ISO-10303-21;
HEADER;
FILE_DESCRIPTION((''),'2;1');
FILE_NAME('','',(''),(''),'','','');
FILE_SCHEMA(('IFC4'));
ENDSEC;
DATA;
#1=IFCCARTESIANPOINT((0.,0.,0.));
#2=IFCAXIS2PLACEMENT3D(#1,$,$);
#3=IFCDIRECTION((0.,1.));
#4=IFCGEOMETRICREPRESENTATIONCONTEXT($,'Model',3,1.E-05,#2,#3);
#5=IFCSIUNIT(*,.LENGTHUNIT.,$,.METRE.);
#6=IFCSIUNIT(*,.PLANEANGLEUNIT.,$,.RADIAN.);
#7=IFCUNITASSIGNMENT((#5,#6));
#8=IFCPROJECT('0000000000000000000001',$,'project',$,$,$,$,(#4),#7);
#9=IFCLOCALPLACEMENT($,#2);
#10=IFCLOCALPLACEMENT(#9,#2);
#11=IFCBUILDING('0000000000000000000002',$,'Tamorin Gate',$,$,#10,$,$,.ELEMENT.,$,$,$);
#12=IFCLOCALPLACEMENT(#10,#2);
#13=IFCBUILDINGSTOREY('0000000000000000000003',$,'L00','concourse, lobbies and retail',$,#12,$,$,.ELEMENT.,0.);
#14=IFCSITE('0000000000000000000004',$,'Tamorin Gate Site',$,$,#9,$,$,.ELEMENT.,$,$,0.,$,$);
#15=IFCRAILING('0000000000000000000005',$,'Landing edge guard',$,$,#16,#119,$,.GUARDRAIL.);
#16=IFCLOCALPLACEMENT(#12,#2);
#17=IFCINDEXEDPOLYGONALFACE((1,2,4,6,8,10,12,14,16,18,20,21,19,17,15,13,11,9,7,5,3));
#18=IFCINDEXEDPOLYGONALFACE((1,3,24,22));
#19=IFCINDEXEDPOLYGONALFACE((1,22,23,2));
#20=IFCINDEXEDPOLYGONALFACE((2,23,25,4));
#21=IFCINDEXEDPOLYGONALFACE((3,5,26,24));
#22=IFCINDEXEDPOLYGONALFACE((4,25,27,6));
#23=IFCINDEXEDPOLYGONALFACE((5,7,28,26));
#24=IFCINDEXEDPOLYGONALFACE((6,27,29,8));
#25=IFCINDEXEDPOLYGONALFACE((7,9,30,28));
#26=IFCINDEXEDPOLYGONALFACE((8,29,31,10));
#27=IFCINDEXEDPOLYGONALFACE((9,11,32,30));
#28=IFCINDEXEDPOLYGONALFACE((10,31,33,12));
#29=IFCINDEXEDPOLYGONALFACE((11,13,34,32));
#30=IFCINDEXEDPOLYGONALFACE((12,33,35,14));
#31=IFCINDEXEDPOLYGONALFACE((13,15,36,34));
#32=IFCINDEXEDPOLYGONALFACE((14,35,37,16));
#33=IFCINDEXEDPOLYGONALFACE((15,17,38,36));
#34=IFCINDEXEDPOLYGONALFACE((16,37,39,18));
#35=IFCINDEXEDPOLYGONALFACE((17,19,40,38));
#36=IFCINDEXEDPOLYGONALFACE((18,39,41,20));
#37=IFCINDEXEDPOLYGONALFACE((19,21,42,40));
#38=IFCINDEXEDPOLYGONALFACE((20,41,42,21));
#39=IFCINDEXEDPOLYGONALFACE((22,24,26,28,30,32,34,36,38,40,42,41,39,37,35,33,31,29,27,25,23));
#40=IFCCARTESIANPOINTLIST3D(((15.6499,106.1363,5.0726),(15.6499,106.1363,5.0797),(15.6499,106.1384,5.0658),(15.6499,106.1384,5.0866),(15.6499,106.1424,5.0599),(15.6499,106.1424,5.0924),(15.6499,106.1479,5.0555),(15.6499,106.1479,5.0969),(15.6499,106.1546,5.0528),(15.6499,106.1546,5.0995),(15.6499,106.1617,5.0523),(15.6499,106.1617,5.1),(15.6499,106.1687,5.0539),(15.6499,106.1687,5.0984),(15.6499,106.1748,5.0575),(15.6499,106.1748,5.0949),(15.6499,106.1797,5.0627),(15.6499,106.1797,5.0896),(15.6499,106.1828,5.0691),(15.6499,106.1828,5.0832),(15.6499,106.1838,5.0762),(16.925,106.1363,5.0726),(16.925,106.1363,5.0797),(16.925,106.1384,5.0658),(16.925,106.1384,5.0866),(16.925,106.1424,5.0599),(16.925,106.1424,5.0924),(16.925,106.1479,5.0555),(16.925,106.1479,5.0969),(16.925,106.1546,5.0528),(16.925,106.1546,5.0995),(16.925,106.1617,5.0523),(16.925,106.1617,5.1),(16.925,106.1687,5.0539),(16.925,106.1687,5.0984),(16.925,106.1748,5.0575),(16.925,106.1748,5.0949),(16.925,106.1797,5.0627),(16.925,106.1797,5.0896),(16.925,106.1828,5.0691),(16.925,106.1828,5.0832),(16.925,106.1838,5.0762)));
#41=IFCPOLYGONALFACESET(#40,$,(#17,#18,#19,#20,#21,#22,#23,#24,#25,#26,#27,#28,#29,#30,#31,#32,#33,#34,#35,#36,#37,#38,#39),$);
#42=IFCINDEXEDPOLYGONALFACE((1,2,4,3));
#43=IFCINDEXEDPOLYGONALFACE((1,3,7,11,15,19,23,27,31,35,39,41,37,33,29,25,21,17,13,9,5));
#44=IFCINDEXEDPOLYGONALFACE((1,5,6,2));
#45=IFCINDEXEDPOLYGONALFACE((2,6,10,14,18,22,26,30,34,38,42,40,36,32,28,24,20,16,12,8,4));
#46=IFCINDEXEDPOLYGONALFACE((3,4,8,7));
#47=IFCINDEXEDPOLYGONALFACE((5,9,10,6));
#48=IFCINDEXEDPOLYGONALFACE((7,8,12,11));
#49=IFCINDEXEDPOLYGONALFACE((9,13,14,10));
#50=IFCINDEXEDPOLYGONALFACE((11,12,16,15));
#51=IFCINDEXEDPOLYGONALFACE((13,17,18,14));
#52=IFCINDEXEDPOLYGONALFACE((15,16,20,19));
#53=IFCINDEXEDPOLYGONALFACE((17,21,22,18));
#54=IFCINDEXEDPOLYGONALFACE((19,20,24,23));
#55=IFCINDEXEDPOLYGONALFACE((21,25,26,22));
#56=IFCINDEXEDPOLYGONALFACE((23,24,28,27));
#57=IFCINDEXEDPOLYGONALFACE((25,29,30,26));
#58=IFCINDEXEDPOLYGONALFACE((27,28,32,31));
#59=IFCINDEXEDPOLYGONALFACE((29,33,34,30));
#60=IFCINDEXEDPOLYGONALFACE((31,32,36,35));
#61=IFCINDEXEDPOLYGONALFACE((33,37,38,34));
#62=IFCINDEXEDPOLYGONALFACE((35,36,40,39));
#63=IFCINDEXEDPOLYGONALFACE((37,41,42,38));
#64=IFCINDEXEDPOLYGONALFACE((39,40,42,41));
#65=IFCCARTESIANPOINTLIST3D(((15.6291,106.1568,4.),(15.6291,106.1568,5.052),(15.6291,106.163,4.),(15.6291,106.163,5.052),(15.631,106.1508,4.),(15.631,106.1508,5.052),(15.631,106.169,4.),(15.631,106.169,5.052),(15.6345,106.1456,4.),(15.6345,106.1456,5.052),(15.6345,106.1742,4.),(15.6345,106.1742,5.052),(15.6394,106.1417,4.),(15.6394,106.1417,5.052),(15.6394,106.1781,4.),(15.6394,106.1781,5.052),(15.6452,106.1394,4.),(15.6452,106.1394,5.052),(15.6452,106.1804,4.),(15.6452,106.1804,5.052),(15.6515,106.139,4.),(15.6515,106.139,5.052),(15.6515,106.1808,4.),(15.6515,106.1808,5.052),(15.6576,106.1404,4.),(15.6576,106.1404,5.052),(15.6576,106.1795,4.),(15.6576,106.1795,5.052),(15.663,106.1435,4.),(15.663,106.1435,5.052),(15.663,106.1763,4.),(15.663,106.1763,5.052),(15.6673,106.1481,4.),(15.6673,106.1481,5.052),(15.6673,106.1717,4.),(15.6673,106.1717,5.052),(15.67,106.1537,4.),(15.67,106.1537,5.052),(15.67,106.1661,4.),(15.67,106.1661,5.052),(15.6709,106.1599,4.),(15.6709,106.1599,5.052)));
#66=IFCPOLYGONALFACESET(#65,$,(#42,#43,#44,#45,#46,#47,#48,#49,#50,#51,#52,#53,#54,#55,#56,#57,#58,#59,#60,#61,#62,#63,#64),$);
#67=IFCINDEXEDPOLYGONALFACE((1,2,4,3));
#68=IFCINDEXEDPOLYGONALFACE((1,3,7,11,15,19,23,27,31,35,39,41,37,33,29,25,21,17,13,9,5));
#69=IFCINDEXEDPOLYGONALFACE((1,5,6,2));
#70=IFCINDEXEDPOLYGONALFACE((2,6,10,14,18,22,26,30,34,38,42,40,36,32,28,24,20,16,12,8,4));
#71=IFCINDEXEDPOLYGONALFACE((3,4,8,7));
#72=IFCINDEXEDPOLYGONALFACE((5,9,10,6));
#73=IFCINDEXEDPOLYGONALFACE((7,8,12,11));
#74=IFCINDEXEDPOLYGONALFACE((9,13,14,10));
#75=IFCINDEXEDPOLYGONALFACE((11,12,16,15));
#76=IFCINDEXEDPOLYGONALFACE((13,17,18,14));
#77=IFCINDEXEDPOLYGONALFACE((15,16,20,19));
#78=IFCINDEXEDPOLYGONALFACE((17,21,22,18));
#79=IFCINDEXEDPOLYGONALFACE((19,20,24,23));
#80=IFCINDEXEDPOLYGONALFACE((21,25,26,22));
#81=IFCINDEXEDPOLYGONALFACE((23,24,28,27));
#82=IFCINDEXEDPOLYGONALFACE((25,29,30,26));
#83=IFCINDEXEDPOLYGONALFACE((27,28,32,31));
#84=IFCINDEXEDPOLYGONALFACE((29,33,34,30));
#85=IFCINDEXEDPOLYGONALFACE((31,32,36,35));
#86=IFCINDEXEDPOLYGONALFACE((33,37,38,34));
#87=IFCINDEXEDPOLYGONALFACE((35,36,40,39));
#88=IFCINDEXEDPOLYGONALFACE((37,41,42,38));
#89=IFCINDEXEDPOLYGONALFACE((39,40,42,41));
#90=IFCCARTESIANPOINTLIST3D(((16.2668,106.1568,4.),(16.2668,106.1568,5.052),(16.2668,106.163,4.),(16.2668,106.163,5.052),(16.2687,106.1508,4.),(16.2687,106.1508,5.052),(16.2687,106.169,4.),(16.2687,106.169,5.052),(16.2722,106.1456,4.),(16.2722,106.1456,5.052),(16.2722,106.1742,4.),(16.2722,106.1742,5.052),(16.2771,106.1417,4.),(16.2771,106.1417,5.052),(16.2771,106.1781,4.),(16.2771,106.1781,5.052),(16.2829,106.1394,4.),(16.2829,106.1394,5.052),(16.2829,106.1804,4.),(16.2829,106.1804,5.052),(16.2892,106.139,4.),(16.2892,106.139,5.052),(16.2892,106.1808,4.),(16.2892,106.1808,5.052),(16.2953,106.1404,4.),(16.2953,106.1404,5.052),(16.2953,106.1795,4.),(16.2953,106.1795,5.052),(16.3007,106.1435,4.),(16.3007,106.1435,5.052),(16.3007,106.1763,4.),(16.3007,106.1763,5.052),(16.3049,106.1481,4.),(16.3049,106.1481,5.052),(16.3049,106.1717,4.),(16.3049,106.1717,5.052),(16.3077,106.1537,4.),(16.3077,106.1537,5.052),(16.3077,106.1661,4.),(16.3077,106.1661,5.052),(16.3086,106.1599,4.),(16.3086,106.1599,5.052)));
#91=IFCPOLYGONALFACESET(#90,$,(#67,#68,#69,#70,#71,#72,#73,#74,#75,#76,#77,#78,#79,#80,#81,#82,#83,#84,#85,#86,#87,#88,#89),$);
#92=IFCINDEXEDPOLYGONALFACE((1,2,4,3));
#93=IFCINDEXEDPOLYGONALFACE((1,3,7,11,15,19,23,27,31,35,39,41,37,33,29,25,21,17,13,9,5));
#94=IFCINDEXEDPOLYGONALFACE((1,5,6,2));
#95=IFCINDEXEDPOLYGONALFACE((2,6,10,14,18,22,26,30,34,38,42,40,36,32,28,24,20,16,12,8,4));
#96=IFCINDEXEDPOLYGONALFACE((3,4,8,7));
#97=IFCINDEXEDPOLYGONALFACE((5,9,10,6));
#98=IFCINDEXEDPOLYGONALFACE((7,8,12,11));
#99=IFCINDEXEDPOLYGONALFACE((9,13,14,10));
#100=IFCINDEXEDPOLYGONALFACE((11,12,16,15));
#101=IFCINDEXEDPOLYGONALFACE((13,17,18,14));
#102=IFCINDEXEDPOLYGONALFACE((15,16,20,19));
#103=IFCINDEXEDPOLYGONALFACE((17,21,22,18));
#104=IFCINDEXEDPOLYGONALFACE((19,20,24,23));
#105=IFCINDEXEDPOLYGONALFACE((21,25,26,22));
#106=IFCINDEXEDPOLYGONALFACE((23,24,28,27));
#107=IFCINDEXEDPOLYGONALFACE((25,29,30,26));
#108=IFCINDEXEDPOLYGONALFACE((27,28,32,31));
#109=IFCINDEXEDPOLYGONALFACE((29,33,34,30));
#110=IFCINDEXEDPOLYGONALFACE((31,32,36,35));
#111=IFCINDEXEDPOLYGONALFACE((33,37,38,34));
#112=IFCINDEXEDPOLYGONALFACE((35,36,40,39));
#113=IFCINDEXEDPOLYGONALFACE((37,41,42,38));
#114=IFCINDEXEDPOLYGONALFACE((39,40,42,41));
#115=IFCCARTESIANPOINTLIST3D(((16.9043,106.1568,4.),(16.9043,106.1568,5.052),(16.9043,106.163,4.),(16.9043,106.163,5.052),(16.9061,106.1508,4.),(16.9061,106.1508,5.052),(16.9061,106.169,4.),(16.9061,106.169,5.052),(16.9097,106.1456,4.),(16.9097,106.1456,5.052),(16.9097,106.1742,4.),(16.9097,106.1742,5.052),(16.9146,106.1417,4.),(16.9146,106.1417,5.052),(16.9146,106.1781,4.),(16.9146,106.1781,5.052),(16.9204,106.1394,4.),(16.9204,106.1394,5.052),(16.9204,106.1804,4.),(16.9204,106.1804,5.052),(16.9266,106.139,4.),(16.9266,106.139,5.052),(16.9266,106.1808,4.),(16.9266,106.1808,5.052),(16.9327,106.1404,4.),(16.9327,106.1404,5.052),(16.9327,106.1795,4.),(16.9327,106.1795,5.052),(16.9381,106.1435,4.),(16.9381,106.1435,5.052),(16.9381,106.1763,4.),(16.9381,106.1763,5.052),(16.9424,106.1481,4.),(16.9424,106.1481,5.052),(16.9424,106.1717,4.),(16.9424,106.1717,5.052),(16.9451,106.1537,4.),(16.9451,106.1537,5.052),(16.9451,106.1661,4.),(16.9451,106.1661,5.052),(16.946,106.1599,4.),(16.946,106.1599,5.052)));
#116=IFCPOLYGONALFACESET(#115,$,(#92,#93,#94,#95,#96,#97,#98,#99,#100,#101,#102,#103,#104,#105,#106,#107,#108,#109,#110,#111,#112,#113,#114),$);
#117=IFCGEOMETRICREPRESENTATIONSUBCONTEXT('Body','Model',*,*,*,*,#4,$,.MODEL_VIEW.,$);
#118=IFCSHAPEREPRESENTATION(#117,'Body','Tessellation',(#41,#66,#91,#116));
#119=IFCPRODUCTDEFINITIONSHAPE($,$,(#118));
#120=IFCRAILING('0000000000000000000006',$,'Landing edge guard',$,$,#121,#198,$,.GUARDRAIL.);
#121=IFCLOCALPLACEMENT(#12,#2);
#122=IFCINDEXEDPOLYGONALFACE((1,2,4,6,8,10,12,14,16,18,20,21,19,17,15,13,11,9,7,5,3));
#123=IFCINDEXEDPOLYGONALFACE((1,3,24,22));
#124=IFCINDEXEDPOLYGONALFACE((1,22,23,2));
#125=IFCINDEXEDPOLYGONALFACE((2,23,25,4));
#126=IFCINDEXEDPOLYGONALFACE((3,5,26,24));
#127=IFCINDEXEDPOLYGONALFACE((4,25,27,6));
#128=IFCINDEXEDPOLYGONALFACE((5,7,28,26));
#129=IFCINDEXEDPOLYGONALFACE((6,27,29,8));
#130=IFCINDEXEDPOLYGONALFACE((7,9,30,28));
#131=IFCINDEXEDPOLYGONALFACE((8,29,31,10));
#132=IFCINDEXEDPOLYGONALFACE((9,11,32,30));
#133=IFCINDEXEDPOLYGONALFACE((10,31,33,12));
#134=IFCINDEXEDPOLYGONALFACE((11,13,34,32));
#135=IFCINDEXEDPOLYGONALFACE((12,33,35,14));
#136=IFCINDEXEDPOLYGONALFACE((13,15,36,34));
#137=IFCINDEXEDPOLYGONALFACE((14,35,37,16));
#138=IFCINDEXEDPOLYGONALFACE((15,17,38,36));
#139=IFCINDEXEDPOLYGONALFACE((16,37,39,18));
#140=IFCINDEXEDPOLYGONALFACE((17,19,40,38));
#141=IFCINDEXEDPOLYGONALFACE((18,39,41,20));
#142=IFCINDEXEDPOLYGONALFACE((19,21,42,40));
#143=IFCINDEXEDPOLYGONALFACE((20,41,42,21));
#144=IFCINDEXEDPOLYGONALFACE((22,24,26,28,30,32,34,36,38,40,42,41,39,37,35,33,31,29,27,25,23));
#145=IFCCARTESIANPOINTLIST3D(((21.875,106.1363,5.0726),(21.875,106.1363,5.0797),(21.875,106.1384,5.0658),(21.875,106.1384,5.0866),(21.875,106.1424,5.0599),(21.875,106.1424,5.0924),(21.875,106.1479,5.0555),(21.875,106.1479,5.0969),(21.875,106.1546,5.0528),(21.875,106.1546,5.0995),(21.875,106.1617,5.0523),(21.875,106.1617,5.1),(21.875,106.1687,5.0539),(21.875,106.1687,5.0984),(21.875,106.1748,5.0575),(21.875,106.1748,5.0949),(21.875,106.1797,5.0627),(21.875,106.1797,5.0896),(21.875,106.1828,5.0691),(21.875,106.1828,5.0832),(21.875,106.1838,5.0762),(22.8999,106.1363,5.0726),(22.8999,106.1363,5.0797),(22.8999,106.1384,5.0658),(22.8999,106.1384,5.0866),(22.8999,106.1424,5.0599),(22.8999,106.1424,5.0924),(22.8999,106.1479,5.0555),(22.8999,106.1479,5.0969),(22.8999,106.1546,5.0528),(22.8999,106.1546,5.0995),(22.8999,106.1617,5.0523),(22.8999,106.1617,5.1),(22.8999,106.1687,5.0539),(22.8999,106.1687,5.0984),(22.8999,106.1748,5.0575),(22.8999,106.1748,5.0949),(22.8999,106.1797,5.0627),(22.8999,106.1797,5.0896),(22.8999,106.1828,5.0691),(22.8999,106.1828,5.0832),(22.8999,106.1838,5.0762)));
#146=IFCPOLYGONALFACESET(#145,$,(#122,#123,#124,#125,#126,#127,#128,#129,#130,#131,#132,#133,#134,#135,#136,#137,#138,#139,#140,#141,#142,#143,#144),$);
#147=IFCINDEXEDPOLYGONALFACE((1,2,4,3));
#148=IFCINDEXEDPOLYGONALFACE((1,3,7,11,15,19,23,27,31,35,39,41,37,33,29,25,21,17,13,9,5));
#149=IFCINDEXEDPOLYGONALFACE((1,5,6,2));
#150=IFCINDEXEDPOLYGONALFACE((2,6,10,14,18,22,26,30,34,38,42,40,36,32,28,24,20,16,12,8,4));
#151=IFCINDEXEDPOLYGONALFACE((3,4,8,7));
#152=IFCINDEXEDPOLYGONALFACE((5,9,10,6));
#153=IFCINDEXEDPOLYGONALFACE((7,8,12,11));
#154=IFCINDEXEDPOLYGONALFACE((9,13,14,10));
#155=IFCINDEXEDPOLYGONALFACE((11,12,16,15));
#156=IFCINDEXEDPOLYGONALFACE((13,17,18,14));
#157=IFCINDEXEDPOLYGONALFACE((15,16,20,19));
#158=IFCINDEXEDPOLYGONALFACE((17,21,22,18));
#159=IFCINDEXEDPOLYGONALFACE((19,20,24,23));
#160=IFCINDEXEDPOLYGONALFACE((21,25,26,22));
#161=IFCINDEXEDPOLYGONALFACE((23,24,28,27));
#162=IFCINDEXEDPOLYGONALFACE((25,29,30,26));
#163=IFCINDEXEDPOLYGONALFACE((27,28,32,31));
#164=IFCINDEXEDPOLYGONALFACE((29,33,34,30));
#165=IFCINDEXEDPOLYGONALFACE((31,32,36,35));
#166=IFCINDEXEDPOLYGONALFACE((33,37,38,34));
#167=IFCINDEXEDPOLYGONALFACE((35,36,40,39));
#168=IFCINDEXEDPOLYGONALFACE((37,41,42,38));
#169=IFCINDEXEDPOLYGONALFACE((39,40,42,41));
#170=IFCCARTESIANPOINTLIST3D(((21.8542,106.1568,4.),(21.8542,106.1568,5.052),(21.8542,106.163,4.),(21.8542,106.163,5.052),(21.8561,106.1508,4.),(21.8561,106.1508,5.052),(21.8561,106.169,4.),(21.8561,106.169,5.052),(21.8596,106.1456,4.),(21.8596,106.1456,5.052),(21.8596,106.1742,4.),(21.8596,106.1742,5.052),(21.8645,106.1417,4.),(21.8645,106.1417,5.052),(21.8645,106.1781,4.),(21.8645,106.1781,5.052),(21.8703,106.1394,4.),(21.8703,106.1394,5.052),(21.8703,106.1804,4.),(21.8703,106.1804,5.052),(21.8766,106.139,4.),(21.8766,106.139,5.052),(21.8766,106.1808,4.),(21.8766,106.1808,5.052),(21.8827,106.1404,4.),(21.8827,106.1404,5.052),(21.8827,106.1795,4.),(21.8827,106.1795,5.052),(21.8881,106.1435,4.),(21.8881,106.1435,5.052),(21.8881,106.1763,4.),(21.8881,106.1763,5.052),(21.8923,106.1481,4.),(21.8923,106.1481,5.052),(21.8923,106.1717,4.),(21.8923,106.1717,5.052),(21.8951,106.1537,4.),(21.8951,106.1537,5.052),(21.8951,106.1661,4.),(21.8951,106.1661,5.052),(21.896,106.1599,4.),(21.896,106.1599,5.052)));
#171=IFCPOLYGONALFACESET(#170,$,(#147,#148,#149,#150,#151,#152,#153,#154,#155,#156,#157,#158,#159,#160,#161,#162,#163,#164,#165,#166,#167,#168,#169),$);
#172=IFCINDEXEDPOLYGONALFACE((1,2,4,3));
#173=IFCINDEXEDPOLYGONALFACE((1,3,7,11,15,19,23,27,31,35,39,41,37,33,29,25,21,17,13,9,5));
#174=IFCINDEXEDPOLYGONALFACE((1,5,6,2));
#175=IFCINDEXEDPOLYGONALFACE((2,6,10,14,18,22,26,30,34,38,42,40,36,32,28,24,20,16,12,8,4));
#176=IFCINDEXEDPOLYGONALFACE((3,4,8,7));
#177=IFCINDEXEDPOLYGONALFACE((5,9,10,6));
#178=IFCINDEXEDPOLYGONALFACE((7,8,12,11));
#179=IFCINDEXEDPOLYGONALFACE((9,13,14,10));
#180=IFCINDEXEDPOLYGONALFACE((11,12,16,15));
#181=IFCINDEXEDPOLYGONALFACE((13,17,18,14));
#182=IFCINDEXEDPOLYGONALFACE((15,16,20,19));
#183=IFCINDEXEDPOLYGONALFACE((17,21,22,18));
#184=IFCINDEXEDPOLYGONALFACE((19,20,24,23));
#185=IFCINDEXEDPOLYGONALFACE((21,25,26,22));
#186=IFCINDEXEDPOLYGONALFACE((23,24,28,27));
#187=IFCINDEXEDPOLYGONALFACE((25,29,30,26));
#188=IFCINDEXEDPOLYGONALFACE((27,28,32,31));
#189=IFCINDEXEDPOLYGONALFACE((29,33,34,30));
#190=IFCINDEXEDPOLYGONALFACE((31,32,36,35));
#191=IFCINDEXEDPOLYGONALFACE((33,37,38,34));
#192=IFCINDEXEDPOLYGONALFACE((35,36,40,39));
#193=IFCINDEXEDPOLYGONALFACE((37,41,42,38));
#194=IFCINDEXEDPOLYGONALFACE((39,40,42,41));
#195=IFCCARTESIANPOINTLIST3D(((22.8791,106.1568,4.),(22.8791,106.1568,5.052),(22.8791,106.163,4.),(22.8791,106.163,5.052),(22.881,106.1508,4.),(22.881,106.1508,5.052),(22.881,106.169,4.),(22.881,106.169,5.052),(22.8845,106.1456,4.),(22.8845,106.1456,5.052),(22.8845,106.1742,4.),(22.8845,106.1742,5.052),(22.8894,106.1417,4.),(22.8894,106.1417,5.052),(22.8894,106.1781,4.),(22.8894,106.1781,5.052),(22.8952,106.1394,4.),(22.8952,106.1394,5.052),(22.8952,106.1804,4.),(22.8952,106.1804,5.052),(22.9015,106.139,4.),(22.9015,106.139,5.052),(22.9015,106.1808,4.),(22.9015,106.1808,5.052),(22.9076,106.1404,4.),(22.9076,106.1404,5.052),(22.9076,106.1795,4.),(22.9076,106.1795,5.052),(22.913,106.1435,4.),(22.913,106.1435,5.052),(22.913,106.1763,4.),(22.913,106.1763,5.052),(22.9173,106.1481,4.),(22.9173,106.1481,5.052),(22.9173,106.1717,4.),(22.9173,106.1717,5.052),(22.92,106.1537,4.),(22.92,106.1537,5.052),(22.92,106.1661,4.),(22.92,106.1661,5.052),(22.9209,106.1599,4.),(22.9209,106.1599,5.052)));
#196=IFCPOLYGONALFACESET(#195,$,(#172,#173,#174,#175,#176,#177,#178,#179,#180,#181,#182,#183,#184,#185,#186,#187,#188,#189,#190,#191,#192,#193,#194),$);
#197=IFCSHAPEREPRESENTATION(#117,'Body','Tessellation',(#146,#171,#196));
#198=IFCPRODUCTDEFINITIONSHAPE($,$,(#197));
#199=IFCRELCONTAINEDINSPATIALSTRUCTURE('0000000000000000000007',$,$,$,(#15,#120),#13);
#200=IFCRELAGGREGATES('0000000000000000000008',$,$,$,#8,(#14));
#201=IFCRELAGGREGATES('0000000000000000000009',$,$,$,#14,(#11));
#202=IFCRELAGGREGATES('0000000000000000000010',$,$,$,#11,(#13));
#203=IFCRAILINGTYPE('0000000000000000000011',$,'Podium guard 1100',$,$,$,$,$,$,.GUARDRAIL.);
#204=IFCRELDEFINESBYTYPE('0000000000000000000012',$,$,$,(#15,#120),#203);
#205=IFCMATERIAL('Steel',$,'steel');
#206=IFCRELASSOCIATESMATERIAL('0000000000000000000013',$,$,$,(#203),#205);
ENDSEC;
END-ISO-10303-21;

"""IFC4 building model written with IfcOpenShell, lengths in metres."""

from ifc_helpers import new_model, si_unit, direction, frame, origin, origin_2d, place, context, subcontext, project, spatial, circle, extrude, material, type_object, element, save


model = new_model("IFC4")

# Units and contexts
model_context = context("Model", 3, precision=1e-05, world=origin(), true_north=direction((0.0, 1.0)))
body_context = subcontext(model_context, "Body", "Model", "MODEL_VIEW")
ifc_project = project(units=[si_unit("LENGTHUNIT", "METRE"), si_unit("PLANEANGLEUNIT", "RADIAN")], contexts=[model_context])

# Site, building, storey
site_placement = place(None, origin())
site = spatial("IfcSite", under=ifc_project, at=site_placement, Name="Tamorin Gate Site", CompositionType="ELEMENT", RefElevation=0.0)
building_placement = place(site_placement, origin())
building = spatial("IfcBuilding", under=site, at=building_placement, Name="Tamorin Gate", CompositionType="ELEMENT")
storey_placement = place(building_placement, origin())
storey = spatial("IfcBuildingStorey", under=building, at=storey_placement, Name="L00", Description="concourse, lobbies and retail", CompositionType="ELEMENT", Elevation=0.0)

# Railings
ifc_material_1 = material(Name="Steel", Category="steel")
railing_type_1 = type_object("IfcRailingType", Name="Podium guard 1100", PredefinedType="GUARDRAIL", material=ifc_material_1)
railing_1_placement = place(storey_placement, frame((15.6499, 106.1599, 4.0)))
element("IfcRailing", 1, at=railing_1_placement, inside=storey, type_object=railing_type_1, Name="Landing edge guard", PredefinedType="GUARDRAIL", context=body_context, shape_type="SweptSolid", body=[
    extrude(circle(Radius=0.0239, at=origin_2d()), frame((0.0, 0.0, 1.0762), z_axis=(1.0, 0.0, 0.0), x_axis=(0.0, 1.0, 0.0)), (0.0, 0.0, 1.0), 1.2751),
    extrude(circle(Radius=0.021, at=origin_2d()), origin(), (0.0, 0.0, 1.0), 1.052),
    extrude(circle(Radius=0.021, at=origin_2d()), frame((0.6377, 0.0, 0.0)), (0.0, 0.0, 1.0), 1.052),
    extrude(circle(Radius=0.021, at=origin_2d()), frame((1.2751, 0.0, 0.0)), (0.0, 0.0, 1.0), 1.052),
])
railing_2_placement = place(storey_placement, frame((21.875, 106.1599, 4.0)))
element("IfcRailing", 2, at=railing_2_placement, inside=storey, type_object=railing_type_1, Name="Landing edge guard", PredefinedType="GUARDRAIL", context=body_context, shape_type="SweptSolid", body=[
    extrude(circle(Radius=0.0239, at=origin_2d()), frame((0.0, 0.0, 1.0762), z_axis=(1.0, 0.0, 0.0), x_axis=(0.0, 1.0, 0.0)), (0.0, 0.0, 1.0), 1.0249),
    extrude(circle(Radius=0.021, at=origin_2d()), origin(), (0.0, 0.0, 1.0), 1.052),
    extrude(circle(Radius=0.021, at=origin_2d()), frame((1.0249, 0.0, 0.0)), (0.0, 0.0, 1.0), 1.052),
])

save(model, "model.ifc")
